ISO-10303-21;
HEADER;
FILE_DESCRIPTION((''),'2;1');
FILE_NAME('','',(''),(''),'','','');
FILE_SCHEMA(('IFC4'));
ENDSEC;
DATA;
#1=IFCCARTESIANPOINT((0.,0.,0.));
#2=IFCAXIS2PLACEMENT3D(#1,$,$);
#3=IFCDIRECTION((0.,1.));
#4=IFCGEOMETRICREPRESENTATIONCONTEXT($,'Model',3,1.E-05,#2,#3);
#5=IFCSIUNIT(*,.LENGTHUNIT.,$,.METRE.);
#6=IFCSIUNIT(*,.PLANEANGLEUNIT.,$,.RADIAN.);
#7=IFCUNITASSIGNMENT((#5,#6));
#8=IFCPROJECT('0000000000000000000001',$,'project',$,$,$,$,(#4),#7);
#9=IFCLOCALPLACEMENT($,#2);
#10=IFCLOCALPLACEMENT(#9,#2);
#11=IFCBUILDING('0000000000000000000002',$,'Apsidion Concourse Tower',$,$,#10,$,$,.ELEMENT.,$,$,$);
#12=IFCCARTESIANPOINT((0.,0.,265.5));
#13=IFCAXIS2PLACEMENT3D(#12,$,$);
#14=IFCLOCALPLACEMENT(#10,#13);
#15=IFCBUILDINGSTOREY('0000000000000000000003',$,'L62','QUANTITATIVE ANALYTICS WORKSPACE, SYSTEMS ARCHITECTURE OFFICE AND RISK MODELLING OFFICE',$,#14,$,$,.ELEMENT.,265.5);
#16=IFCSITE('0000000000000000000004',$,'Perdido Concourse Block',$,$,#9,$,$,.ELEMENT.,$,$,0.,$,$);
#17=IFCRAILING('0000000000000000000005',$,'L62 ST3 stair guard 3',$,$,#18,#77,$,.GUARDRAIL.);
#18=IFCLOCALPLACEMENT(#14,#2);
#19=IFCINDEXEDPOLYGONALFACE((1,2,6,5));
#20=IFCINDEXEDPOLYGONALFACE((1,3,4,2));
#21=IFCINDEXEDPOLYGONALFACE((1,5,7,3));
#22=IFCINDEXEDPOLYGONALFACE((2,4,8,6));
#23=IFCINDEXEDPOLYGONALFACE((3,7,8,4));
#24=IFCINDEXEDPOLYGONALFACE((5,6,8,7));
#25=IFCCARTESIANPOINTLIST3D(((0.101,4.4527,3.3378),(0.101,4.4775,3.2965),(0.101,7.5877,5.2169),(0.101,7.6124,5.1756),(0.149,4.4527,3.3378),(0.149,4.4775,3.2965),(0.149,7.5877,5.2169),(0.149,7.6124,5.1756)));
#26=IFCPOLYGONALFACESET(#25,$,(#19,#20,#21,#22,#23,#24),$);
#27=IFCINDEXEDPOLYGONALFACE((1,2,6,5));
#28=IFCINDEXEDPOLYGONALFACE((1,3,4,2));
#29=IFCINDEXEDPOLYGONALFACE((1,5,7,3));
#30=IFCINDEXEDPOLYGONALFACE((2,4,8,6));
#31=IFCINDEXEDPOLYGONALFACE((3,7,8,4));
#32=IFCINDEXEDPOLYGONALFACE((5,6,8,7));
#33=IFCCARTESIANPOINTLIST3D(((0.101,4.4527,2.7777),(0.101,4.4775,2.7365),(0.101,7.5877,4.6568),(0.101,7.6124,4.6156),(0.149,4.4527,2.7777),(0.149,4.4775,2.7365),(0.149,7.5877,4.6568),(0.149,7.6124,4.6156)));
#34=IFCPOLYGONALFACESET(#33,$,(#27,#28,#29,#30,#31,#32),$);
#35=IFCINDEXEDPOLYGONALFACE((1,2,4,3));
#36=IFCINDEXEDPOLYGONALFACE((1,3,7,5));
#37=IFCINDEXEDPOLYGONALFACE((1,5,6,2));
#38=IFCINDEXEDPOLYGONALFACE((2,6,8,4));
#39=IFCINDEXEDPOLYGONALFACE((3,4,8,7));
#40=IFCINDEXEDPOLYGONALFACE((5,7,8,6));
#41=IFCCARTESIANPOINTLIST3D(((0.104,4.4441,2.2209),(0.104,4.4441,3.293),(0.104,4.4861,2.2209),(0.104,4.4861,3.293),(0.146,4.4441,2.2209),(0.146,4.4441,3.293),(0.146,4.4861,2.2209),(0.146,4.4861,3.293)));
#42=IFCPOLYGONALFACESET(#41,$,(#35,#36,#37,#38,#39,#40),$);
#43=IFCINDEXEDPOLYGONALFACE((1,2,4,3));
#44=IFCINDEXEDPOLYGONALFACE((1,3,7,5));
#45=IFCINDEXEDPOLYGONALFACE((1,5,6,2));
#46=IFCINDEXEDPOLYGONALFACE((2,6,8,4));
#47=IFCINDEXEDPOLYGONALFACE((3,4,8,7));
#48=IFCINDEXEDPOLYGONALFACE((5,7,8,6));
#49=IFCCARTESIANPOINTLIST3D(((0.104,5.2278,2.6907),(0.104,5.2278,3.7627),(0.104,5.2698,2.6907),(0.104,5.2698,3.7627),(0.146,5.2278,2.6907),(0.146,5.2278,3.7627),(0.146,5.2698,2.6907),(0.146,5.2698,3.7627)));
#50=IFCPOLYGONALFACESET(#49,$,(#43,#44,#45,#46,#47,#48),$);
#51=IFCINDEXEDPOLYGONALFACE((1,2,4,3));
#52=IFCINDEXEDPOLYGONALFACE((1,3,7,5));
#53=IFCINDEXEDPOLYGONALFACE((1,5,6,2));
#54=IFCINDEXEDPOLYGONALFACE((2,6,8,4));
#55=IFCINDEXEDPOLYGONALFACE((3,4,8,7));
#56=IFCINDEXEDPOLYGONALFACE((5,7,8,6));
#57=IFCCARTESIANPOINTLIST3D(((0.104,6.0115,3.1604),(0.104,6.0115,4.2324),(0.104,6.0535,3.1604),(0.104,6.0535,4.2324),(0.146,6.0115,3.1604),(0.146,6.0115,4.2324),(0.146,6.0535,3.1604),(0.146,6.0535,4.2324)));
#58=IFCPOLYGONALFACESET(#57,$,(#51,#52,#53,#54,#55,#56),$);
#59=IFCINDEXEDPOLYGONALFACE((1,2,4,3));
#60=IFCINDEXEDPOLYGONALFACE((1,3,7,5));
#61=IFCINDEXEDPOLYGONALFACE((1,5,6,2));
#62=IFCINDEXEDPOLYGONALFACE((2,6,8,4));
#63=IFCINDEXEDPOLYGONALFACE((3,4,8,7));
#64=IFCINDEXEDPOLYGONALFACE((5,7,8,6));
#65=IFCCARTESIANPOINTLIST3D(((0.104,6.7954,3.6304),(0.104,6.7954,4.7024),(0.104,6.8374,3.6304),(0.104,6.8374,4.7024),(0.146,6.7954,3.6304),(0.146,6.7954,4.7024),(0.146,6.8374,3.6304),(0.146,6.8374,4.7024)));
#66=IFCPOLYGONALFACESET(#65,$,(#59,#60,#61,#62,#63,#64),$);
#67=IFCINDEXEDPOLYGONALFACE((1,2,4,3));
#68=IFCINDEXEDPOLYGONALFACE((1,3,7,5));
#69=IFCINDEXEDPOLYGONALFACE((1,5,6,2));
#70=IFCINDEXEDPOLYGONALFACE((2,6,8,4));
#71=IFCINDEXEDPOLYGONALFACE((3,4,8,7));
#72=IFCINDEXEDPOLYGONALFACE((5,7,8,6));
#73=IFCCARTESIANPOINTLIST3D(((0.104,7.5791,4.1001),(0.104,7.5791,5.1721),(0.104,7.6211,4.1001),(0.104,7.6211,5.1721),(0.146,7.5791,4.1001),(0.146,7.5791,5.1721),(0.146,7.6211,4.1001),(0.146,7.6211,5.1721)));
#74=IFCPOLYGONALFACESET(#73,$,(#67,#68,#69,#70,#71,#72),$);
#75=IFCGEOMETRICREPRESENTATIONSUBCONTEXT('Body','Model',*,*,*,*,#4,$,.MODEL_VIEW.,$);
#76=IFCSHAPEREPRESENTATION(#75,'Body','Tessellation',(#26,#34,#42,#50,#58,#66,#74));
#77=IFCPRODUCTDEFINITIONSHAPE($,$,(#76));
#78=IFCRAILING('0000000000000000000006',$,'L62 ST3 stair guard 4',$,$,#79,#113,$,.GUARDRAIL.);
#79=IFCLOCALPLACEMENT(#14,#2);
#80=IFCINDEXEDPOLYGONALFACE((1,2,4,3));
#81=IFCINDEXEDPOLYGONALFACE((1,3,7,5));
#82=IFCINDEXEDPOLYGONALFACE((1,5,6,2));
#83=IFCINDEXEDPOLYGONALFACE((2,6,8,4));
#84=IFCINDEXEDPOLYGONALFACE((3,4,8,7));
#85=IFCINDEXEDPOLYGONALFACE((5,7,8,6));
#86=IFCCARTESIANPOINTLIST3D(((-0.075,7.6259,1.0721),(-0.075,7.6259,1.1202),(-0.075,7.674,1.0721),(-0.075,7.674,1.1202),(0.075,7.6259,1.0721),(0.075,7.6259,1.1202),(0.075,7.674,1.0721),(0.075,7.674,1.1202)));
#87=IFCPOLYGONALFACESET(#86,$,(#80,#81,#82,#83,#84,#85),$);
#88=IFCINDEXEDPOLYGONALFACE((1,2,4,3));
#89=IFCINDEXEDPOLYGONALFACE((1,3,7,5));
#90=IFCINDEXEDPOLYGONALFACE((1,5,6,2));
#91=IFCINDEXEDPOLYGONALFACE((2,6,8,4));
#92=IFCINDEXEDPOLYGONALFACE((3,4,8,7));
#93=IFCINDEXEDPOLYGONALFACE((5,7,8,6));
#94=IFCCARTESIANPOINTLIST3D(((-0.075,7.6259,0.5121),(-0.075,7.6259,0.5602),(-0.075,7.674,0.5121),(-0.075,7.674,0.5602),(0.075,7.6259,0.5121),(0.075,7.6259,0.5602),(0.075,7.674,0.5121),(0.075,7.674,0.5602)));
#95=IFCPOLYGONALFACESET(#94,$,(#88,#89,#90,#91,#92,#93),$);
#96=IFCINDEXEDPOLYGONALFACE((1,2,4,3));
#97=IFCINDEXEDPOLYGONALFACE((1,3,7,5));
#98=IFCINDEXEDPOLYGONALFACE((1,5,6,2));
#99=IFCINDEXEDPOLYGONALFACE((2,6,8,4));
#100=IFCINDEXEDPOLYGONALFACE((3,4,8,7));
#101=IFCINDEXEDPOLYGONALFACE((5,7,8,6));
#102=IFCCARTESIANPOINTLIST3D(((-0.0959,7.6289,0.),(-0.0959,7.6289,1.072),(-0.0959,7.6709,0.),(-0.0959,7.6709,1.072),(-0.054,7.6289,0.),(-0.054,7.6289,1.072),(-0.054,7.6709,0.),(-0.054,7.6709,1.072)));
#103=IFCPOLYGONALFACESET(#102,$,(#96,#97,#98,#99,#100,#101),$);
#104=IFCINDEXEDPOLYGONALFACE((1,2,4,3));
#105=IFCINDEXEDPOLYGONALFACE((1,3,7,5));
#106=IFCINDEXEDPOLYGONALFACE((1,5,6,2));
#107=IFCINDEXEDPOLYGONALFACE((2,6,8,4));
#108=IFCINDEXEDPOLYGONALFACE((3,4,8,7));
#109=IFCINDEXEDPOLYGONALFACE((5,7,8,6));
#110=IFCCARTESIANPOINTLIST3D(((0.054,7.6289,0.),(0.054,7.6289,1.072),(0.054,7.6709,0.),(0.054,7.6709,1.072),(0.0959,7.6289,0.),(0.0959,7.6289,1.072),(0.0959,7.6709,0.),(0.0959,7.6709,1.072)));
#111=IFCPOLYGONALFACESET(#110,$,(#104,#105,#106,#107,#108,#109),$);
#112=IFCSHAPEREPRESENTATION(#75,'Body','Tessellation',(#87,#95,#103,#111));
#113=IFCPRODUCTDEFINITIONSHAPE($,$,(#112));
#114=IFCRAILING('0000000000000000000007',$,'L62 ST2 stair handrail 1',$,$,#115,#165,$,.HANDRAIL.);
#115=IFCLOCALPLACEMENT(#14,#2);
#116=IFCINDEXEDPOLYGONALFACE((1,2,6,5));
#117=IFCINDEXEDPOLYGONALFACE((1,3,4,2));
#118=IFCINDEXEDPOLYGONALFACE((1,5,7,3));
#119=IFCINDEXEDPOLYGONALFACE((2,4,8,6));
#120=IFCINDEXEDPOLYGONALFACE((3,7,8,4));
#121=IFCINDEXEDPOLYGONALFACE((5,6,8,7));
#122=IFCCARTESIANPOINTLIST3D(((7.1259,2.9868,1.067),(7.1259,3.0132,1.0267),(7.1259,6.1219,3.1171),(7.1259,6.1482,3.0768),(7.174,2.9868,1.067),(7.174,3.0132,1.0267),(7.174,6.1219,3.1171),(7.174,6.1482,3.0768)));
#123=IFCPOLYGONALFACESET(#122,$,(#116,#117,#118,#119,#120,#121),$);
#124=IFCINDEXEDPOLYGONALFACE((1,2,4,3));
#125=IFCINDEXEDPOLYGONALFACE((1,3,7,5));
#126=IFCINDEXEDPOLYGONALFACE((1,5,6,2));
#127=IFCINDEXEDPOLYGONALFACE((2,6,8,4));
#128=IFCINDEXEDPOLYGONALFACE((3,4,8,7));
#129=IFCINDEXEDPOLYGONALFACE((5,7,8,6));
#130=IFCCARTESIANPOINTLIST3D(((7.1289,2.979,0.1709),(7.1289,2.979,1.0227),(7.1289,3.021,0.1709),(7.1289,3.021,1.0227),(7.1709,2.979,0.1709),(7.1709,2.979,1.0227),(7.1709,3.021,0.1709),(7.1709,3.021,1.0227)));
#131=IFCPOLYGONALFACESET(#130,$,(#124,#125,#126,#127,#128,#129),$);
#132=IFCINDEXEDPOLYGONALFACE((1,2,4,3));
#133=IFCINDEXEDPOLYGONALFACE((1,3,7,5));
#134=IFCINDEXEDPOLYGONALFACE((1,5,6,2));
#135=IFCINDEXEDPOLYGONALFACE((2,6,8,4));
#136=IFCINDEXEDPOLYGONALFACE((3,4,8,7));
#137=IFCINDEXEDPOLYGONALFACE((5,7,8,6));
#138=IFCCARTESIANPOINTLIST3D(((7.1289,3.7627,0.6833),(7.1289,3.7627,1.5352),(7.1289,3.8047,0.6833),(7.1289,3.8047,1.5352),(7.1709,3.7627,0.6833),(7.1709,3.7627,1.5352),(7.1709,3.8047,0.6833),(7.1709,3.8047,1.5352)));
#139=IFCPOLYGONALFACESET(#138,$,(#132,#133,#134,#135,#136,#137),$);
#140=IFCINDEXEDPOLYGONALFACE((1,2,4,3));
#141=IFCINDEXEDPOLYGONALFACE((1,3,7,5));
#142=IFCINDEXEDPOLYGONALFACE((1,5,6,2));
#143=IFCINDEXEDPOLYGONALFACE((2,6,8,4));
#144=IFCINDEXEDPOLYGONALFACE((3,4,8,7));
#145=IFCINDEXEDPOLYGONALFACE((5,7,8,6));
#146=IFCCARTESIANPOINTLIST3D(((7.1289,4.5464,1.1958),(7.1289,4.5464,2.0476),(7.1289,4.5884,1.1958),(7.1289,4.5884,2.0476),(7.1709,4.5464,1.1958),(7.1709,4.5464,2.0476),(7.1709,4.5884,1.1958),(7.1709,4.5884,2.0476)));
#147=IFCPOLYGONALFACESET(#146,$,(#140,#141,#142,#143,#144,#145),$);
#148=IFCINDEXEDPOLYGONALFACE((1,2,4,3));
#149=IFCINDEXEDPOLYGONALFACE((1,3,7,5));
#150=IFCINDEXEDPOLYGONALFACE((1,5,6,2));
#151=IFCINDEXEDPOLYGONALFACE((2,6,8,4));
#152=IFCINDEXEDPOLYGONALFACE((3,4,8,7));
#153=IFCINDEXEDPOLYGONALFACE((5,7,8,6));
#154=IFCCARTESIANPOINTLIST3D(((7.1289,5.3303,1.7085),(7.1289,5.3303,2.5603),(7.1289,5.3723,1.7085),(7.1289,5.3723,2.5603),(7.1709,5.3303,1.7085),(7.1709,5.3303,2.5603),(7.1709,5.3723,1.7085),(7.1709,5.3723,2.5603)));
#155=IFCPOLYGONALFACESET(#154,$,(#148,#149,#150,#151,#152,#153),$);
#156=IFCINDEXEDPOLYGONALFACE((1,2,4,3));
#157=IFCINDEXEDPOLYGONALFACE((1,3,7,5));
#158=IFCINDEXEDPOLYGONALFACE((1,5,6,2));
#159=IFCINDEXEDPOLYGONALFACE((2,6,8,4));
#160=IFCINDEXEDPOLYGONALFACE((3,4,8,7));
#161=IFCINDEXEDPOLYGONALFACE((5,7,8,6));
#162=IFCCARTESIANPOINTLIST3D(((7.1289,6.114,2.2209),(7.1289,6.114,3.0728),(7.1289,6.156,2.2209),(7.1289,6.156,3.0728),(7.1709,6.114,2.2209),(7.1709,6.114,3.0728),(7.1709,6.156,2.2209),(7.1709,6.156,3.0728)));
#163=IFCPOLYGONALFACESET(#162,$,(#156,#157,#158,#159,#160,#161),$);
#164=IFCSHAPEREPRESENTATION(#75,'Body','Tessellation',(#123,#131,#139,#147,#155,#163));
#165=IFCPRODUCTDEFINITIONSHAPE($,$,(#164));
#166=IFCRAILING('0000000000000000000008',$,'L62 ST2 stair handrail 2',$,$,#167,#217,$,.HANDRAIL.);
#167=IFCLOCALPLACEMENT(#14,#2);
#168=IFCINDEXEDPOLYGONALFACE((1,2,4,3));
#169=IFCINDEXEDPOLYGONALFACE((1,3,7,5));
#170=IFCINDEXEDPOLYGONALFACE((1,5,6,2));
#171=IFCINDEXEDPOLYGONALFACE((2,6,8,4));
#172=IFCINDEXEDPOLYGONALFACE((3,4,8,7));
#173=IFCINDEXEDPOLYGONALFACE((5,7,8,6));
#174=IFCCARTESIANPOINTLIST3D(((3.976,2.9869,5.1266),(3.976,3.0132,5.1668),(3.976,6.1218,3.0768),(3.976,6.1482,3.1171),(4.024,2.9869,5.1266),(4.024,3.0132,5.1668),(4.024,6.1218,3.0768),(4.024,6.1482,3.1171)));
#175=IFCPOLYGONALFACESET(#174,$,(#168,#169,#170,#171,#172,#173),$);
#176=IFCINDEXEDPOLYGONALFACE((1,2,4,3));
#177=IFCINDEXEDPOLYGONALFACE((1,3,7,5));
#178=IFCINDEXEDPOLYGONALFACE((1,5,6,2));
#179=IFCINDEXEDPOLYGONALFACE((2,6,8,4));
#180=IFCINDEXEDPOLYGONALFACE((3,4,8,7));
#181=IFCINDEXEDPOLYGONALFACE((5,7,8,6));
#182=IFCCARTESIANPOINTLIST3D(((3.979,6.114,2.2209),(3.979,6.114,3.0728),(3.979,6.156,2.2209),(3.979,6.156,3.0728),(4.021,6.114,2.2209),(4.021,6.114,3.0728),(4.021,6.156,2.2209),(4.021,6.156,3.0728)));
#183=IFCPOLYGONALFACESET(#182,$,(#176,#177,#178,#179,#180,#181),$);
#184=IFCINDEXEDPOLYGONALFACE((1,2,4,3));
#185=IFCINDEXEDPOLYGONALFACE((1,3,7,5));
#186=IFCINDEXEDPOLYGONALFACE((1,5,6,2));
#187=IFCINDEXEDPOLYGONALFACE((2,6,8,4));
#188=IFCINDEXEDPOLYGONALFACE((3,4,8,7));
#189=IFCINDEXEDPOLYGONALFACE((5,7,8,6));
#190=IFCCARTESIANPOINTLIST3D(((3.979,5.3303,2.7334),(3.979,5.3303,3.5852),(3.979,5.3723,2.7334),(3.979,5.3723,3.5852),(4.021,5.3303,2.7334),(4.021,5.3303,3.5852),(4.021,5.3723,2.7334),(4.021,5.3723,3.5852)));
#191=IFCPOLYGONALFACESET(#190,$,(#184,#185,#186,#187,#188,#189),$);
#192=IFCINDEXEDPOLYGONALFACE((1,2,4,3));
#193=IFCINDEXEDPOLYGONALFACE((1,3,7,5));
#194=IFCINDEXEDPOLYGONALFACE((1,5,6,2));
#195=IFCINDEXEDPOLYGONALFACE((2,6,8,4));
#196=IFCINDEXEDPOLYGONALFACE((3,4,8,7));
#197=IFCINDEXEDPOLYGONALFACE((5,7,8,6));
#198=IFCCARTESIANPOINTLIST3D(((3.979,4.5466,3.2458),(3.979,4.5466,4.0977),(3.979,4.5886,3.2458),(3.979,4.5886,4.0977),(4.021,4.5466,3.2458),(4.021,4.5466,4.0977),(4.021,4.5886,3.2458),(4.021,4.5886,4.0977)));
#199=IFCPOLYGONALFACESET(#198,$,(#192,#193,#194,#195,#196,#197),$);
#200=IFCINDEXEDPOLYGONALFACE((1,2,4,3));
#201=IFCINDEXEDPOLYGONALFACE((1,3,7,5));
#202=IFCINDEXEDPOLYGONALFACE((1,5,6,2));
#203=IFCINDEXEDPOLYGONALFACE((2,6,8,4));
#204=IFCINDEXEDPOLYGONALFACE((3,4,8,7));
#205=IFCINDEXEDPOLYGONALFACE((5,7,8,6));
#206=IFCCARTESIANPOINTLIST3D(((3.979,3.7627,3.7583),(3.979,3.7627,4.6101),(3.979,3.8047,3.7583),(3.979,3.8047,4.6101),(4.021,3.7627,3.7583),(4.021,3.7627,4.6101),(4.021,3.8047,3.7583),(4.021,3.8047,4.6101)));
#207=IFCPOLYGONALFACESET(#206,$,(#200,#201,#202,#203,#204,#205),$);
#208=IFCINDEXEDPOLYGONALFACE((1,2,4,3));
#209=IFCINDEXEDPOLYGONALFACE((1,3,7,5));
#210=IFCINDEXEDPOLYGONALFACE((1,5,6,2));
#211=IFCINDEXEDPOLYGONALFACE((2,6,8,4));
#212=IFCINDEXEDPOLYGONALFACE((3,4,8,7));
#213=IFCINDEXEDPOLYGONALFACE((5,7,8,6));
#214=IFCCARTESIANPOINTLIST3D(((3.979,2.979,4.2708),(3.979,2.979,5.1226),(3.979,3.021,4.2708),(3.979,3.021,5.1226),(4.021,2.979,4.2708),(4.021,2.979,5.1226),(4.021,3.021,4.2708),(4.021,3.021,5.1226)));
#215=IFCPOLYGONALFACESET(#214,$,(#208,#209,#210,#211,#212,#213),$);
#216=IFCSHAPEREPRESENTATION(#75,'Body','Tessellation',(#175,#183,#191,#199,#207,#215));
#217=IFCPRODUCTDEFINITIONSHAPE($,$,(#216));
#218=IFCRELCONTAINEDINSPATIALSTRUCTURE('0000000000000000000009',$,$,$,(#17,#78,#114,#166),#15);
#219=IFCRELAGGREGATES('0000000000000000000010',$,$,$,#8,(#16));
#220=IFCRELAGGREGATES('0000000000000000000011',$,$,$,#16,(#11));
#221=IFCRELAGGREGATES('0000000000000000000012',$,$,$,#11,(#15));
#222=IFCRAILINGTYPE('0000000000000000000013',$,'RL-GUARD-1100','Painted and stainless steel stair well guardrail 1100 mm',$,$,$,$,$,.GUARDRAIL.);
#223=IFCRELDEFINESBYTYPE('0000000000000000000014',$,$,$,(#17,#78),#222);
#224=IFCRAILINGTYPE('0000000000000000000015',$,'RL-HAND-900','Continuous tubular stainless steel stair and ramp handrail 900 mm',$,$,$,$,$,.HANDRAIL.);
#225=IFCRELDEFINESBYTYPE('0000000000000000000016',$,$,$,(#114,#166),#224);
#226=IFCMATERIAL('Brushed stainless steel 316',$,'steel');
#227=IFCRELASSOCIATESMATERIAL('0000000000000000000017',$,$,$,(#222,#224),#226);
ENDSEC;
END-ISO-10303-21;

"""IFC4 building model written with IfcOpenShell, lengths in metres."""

from ifc_helpers import new_model, si_unit, direction, frame, origin, origin_2d, place, context, subcontext, project, spatial, rectangle, extrude, material, type_object, element, save


model = new_model("IFC4")

# Units and contexts
model_context = context("Model", 3, precision=1e-05, world=origin(), true_north=direction((0.0, 1.0)))
body_context = subcontext(model_context, "Body", "Model", "MODEL_VIEW")
ifc_project = project(units=[si_unit("LENGTHUNIT", "METRE"), si_unit("PLANEANGLEUNIT", "RADIAN")], contexts=[model_context])

# Site, building, storey
site_placement = place(None, origin())
site = spatial("IfcSite", under=ifc_project, at=site_placement, Name="Perdido Concourse Block", CompositionType="ELEMENT", RefElevation=0.0)
building_placement = place(site_placement, origin())
building = spatial("IfcBuilding", under=site, at=building_placement, Name="Apsidion Concourse Tower", CompositionType="ELEMENT")
storey_placement = place(building_placement, frame((0.0, 0.0, 265.5)))
storey = spatial("IfcBuildingStorey", under=building, at=storey_placement, Name="L62", Description="QUANTITATIVE ANALYTICS WORKSPACE, SYSTEMS ARCHITECTURE OFFICE AND RISK MODELLING OFFICE", CompositionType="ELEMENT", Elevation=265.5)

# Railings
ifc_material_1 = material(Name="Brushed stainless steel 316", Category="steel")
railing_type_1 = type_object("IfcRailingType", Name="RL-GUARD-1100", Description="Painted and stainless steel stair well guardrail 1100 mm", PredefinedType="GUARDRAIL", material=ifc_material_1)
railing_1_placement = place(storey_placement, frame((0.125, 4.4651, 2.2209)))
element("IfcRailing", 1, at=railing_1_placement, inside=storey, type_object=railing_type_1, Name="L62 ST3 stair guard 3", PredefinedType="GUARDRAIL", context=body_context, shape_type="SweptSolid", body=[
    extrude(rectangle(XDim=0.0481, YDim=0.0481, at=origin_2d()), frame((0.0, 0.0, 1.0962), z_axis=(0.0, 0.857717, 0.514122), x_axis=(-1.0, 0.0, 0.0)), (0.0, 0.0, 1.0), 3.655),
    extrude(rectangle(XDim=0.0481, YDim=0.0481, at=origin_2d()), frame((0.0, 0.0, 0.5361), z_axis=(0.0, 0.857717, 0.514122), x_axis=(-1.0, 0.0, 0.0)), (0.0, 0.0, 1.0), 3.655),
    extrude(rectangle(XDim=0.042, YDim=0.042, at=origin_2d()), origin(), (0.0, 0.0, 1.0), 1.072),
    extrude(rectangle(XDim=0.042, YDim=0.042, at=origin_2d()), frame((0.0, 0.7837, 0.4697)), (0.0, 0.0, 1.0), 1.072),
    extrude(rectangle(XDim=0.042, YDim=0.042, at=origin_2d()), frame((0.0, 1.5674, 0.9395)), (0.0, 0.0, 1.0), 1.072),
    extrude(rectangle(XDim=0.042, YDim=0.042, at=origin_2d()), frame((0.0, 2.3513, 1.4094)), (0.0, 0.0, 1.0), 1.072),
    extrude(rectangle(XDim=0.042, YDim=0.042, at=origin_2d()), frame((0.0, 3.135, 1.8792)), (0.0, 0.0, 1.0), 1.072),
])
railing_2_placement = place(storey_placement, frame((-0.075, 7.6499, 0.0)))
element("IfcRailing", 2, at=railing_2_placement, inside=storey, type_object=railing_type_1, Name="L62 ST3 stair guard 4", PredefinedType="GUARDRAIL", context=body_context, shape_type="SweptSolid", body=[
    extrude(rectangle(XDim=0.0481, YDim=0.0481, at=origin_2d()), frame((0.0, 0.0, 1.0962), z_axis=(1.0, 0.0, 0.0), x_axis=(0.0, 1.0, 0.0)), (0.0, 0.0, 1.0), 0.1499),
    extrude(rectangle(XDim=0.0481, YDim=0.0481, at=origin_2d()), frame((0.0, 0.0, 0.5361), z_axis=(1.0, 0.0, 0.0), x_axis=(0.0, 1.0, 0.0)), (0.0, 0.0, 1.0), 0.1499),
    extrude(rectangle(XDim=0.042, YDim=0.042, at=origin_2d()), origin(), (0.0, 0.0, 1.0), 1.072),
    extrude(rectangle(XDim=0.042, YDim=0.042, at=origin_2d()), frame((0.1499, 0.0, 0.0)), (0.0, 0.0, 1.0), 1.072),
])
railing_type_2 = type_object("IfcRailingType", Name="RL-HAND-900", Description="Continuous tubular stainless steel stair and ramp handrail 900 mm", PredefinedType="HANDRAIL", material=ifc_material_1)
railing_3_placement = place(storey_placement, frame((7.1499, 3.0, 0.1709)))
element("IfcRailing", 3, at=railing_3_placement, inside=storey, type_object=railing_type_2, Name="L62 ST2 stair handrail 1", PredefinedType="HANDRAIL", context=body_context, shape_type="SweptSolid", body=[
    extrude(rectangle(XDim=0.0481, YDim=0.0481, at=origin_2d()), frame((0.0, 0.0, 0.876), z_axis=(0.0, 0.836941, 0.547293), x_axis=(-1.0, 0.0, 0.0)), (0.0, 0.0, 1.0), 3.7458),
    extrude(rectangle(XDim=0.042, YDim=0.042, at=origin_2d()), origin(), (0.0, 0.0, 1.0), 0.8518),
    extrude(rectangle(XDim=0.042, YDim=0.042, at=origin_2d()), frame((0.0, 0.7837, 0.5125)), (0.0, 0.0, 1.0), 0.8518),
    extrude(rectangle(XDim=0.042, YDim=0.042, at=origin_2d()), frame((0.0, 1.5674, 1.0249)), (0.0, 0.0, 1.0), 0.8518),
    extrude(rectangle(XDim=0.042, YDim=0.042, at=origin_2d()), frame((0.0, 2.3513, 1.5376)), (0.0, 0.0, 1.0), 0.8518),
    extrude(rectangle(XDim=0.042, YDim=0.042, at=origin_2d()), frame((0.0, 3.135, 2.05)), (0.0, 0.0, 1.0), 0.8518),
])
railing_4_placement = place(storey_placement, frame((4.0, 6.135, 2.2209)))
element("IfcRailing", 4, at=railing_4_placement, inside=storey, type_object=railing_type_2, Name="L62 ST2 stair handrail 2", PredefinedType="HANDRAIL", context=body_context, shape_type="SweptSolid", body=[
    extrude(rectangle(XDim=0.0481, YDim=0.0481, at=origin_2d()), frame((0.0, 0.0, 0.876), z_axis=(0.0, -0.836971, 0.547248), x_axis=(1.0, 0.0, 0.0)), (0.0, 0.0, 1.0), 3.7456),
    extrude(rectangle(XDim=0.042, YDim=0.042, at=origin_2d()), origin(), (0.0, 0.0, 1.0), 0.8518),
    extrude(rectangle(XDim=0.042, YDim=0.042, at=origin_2d()), frame((0.0, -0.7837, 0.5125)), (0.0, 0.0, 1.0), 0.8518),
    extrude(rectangle(XDim=0.042, YDim=0.042, at=origin_2d()), frame((0.0, -1.5674, 1.0249)), (0.0, 0.0, 1.0), 0.8518),
    extrude(rectangle(XDim=0.042, YDim=0.042, at=origin_2d()), frame((0.0, -2.3513, 1.5374)), (0.0, 0.0, 1.0), 0.8518),
    extrude(rectangle(XDim=0.042, YDim=0.042, at=origin_2d()), frame((0.0, -3.135, 2.0498)), (0.0, 0.0, 1.0), 0.8518),
])

save(model, "model.ifc")
